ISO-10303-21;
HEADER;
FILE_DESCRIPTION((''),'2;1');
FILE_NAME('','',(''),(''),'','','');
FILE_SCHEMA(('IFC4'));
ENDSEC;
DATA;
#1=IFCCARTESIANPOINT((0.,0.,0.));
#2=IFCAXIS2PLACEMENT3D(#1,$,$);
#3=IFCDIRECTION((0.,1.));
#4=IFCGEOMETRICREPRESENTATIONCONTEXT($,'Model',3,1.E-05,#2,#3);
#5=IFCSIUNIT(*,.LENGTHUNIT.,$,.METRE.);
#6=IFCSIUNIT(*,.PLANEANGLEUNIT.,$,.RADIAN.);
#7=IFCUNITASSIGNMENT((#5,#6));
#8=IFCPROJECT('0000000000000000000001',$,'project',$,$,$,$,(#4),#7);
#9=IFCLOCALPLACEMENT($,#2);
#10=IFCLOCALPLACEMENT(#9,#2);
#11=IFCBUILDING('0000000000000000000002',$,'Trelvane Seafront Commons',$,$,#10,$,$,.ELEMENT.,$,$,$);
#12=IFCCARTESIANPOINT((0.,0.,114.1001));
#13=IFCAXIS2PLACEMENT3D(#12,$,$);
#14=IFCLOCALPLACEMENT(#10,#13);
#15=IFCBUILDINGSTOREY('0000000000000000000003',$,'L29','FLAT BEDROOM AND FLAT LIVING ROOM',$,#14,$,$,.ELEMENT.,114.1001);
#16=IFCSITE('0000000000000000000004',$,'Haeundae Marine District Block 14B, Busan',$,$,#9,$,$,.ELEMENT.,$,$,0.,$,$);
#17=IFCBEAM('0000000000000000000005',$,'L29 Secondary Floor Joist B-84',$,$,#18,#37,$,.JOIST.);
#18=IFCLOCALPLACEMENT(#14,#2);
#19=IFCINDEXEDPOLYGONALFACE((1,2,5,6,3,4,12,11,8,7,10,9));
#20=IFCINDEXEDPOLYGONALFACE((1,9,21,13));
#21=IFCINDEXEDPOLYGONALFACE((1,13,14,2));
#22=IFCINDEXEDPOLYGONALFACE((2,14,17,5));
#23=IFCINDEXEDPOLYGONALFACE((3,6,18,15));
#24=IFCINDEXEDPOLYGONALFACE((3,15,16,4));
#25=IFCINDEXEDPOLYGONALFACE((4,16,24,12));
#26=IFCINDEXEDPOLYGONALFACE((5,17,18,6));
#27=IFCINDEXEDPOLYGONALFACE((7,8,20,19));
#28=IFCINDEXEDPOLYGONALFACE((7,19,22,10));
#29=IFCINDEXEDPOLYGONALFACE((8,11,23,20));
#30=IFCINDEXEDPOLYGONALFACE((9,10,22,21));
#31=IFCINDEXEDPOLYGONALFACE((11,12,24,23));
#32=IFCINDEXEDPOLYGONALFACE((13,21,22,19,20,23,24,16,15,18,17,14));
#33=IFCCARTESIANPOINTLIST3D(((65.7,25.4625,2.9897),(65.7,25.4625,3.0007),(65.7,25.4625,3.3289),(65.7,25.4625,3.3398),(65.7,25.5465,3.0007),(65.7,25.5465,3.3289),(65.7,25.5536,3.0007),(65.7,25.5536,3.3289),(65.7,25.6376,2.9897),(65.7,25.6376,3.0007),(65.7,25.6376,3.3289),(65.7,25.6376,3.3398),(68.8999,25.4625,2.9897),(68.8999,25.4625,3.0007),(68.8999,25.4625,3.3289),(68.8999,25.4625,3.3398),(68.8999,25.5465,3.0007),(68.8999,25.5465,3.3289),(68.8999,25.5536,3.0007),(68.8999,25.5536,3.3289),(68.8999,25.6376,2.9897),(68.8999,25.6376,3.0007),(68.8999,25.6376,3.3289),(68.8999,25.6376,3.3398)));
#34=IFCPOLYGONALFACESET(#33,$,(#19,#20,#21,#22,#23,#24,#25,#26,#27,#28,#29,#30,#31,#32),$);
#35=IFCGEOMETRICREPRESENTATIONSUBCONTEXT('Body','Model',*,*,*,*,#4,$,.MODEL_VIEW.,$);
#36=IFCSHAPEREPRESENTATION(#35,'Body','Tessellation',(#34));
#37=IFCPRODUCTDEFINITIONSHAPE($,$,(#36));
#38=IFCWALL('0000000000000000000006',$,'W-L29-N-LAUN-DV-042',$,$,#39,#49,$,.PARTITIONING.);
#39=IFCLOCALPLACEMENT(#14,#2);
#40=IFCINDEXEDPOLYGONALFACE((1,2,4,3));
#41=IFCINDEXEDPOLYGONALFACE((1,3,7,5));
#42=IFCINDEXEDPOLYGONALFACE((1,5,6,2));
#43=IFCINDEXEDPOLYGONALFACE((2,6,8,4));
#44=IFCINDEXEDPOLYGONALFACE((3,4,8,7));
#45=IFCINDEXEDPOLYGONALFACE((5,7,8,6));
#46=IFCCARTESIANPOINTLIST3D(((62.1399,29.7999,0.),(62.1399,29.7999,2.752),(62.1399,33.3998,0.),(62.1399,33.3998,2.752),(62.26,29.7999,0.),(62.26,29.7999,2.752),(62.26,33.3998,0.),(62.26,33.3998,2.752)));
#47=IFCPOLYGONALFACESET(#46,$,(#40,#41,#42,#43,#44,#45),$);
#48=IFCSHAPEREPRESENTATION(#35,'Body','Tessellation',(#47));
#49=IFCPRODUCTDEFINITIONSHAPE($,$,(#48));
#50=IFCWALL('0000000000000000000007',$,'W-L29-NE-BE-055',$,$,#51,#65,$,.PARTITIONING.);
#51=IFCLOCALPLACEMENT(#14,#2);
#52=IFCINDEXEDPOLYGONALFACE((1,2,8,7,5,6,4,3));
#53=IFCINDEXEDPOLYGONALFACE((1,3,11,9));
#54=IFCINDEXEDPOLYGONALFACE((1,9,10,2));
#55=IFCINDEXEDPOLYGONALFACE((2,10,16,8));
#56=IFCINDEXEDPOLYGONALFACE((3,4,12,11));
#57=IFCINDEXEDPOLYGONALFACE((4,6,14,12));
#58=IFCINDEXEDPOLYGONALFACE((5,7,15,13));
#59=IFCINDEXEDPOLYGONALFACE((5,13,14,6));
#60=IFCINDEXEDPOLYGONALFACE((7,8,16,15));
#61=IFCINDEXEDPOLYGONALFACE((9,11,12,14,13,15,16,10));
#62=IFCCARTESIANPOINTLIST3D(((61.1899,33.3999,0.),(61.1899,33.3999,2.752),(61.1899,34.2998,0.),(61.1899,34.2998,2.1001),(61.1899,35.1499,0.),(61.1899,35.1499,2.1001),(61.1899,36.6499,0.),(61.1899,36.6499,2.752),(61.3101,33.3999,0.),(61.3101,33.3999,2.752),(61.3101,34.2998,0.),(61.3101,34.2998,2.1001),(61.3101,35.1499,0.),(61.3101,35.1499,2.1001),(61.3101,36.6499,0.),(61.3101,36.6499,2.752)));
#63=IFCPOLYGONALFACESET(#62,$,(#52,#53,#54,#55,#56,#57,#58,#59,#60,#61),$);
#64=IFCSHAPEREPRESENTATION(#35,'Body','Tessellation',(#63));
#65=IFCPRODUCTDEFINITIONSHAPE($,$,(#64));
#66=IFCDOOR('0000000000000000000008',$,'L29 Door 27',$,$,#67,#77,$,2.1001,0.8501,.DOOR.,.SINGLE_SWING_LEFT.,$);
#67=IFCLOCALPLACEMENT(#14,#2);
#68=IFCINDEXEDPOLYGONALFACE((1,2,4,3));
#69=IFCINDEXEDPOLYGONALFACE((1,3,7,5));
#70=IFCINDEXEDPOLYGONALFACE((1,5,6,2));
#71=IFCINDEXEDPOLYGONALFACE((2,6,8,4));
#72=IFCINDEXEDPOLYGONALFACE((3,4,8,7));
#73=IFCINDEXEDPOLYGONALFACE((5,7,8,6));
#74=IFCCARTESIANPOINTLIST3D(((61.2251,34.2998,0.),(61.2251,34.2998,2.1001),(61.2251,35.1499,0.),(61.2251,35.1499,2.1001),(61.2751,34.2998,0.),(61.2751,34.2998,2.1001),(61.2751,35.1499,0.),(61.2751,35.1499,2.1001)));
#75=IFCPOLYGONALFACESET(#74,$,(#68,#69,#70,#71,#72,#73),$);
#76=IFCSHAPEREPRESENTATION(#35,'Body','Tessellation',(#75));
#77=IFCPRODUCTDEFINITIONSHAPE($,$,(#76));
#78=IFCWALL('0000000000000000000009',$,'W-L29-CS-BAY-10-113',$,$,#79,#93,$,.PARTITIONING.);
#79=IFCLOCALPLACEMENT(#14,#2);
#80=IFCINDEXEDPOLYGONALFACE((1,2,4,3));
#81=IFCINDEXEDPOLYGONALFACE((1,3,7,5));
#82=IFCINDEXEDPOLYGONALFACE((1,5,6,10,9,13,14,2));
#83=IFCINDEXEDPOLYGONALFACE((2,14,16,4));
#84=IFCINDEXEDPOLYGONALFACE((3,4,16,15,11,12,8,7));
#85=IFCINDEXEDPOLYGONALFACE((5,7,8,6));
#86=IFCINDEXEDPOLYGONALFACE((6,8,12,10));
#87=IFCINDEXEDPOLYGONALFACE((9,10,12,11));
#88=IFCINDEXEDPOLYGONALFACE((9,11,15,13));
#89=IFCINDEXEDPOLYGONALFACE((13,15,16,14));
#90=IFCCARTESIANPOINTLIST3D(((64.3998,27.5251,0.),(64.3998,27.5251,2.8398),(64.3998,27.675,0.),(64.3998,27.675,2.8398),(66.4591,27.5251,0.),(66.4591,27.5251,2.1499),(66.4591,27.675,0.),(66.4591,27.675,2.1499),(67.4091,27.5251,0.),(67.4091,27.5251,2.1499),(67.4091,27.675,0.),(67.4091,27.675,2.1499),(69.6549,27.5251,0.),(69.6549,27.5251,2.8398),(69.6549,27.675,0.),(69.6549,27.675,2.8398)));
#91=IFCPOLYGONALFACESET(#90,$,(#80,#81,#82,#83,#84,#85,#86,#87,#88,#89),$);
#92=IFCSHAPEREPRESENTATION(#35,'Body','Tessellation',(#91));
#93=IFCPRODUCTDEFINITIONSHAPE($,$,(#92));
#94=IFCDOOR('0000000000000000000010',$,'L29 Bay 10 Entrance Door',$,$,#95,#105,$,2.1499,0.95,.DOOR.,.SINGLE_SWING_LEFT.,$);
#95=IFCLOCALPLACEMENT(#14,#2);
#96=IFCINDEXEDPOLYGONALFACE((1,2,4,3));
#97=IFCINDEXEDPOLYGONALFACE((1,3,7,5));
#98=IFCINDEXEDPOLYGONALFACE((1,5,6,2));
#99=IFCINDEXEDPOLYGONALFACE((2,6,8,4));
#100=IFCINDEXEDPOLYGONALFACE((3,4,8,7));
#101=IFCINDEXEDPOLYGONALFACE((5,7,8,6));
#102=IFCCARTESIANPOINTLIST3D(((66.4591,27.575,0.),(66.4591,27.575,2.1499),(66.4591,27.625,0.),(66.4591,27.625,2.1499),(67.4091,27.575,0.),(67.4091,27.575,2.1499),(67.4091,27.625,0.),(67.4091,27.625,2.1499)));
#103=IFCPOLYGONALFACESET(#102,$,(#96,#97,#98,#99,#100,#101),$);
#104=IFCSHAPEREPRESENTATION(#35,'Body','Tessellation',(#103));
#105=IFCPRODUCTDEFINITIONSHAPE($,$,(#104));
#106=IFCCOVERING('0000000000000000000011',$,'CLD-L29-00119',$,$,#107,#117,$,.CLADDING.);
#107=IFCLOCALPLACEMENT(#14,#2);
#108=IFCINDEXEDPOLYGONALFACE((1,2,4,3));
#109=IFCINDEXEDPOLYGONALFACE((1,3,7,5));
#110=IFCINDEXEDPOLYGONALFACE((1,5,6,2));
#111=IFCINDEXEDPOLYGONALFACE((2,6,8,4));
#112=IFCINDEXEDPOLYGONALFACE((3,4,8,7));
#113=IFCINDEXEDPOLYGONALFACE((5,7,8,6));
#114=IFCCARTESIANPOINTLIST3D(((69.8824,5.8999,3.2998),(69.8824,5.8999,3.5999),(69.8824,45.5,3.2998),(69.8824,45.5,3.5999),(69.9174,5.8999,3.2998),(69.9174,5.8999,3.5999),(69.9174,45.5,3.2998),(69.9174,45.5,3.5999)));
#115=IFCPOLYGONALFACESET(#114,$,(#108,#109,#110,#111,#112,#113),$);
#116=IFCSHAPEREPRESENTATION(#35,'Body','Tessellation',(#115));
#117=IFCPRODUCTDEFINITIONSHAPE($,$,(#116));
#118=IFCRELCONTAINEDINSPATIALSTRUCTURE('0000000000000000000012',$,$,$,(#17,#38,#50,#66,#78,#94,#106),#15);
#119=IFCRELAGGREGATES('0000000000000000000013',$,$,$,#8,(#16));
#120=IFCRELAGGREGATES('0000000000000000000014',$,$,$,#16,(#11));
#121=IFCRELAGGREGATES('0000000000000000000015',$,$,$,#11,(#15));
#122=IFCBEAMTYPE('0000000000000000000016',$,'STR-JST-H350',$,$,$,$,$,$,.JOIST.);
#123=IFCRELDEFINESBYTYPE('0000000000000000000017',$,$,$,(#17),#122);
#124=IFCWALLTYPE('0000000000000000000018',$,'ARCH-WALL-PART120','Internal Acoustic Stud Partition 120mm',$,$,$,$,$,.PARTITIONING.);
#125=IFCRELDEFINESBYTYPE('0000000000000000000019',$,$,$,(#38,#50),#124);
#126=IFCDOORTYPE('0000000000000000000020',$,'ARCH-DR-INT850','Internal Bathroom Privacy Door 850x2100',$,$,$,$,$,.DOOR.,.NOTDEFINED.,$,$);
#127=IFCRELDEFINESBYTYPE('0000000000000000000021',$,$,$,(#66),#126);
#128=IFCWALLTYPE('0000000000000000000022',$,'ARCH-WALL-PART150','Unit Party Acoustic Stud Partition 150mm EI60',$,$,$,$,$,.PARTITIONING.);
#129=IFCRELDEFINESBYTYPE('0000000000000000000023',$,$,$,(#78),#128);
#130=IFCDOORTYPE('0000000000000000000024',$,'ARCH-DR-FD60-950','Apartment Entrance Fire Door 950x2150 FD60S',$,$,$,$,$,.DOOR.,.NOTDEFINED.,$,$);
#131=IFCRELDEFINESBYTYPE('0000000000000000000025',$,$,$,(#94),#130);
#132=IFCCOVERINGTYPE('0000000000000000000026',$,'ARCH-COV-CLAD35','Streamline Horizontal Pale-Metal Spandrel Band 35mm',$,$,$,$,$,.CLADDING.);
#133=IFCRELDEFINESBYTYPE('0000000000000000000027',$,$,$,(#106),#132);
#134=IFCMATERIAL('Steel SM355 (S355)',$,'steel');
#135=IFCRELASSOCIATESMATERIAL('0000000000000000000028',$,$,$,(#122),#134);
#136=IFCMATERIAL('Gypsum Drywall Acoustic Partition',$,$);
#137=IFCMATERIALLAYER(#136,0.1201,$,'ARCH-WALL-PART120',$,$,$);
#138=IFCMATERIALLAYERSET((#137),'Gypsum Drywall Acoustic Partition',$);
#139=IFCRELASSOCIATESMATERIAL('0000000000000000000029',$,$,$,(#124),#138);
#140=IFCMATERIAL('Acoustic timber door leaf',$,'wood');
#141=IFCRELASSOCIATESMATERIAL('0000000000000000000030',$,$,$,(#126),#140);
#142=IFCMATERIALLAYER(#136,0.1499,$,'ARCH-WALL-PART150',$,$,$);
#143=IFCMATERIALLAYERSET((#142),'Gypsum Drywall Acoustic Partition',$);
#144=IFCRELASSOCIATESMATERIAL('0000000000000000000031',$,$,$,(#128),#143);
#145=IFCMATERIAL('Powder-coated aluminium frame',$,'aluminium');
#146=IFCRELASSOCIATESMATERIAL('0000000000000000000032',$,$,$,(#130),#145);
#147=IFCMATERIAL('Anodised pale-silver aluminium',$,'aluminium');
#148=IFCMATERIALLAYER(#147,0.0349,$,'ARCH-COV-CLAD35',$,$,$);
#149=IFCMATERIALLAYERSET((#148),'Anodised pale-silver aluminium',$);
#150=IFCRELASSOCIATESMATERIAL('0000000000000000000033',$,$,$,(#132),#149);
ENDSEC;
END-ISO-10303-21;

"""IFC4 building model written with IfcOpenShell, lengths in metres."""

from ifc_helpers import new_model, si_unit, direction, frame, frame_2d, origin, origin_2d, place, context, subcontext, project, spatial, rectangle, i_section, extrude, source, transform, mapped, material, layer, layer_set, material_profile, profile_set, type_object, element, fill, save


model = new_model("IFC4")

# Units and contexts
model_context = context("Model", 3, precision=1e-05, world=origin(), true_north=direction((0.0, 1.0)))
body_context = subcontext(model_context, "Body", "Model", "MODEL_VIEW")
ifc_project = project(units=[si_unit("LENGTHUNIT", "METRE"), si_unit("PLANEANGLEUNIT", "RADIAN")], contexts=[model_context])

# Site, building, storey
site_placement = place(None, origin())
site = spatial("IfcSite", under=ifc_project, at=site_placement, Name="Haeundae Marine District Block 14B, Busan", CompositionType="ELEMENT", RefElevation=0.0)
building_placement = place(site_placement, origin())
building = spatial("IfcBuilding", under=site, at=building_placement, Name="Trelvane Seafront Commons", CompositionType="ELEMENT")
storey_placement = place(building_placement, frame((0.0, 0.0, 114.1001)))
storey = spatial("IfcBuildingStorey", under=building, at=storey_placement, Name="L29", Description="FLAT BEDROOM AND FLAT LIVING ROOM", CompositionType="ELEMENT", Elevation=114.1001)

# Shared definitions
ifc_material_1 = material(Name="Steel SM355 (S355)", Category="steel")

# Beam
ifc_material_profile_1 = material_profile(ifc_material_1, i_section(OverallWidth=0.175, OverallDepth=0.3501, WebThickness=0.0071, FlangeThickness=0.011, at=origin_2d()), Name="H-350x175x7x11")
ifc_profile_set_1 = profile_set([ifc_material_profile_1], Name="Steel SM355 (S355)")
beam_type_1 = type_object("IfcBeamType", Name="STR-JST-H350", PredefinedType="JOIST", material=ifc_profile_set_1)
shared_shape_1 = source(origin(), body_context, "Body", "SweptSolid", [
    extrude(i_section(OverallWidth=0.175, OverallDepth=0.3501, WebThickness=0.0071, FlangeThickness=0.011, at=origin_2d()), origin(), (0.0, 0.0, 1.0), 3.2),
])
beam_1_placement = place(storey_placement, frame((65.7, 25.55, 3.1648), z_axis=(1.0, 0.0, 0.0), x_axis=(0.0, 1.0, 0.0)))
element("IfcBeam", 1, at=beam_1_placement, inside=storey, type_object=beam_type_1, Name="L29 Secondary Floor Joist B-84", PredefinedType="JOIST", context=body_context, shape_type="MappedRepresentation", body=[
    mapped(shared_shape_1, transform((0.0, 0.0, 0.0), x_axis=(1.0, 0.0, 0.0), y_axis=(0.0, 1.0, 0.0), z_axis=(0.0, 0.0, 1.0), scale=1.0)),
])

# Wall
ifc_material_2 = material(Name="Gypsum Drywall Acoustic Partition")
ifc_layer_1 = layer(ifc_material_2, 0.1201, Name="ARCH-WALL-PART120")
ifc_layer_set_1 = layer_set([ifc_layer_1], Name="Gypsum Drywall Acoustic Partition")
wall_type_1 = type_object("IfcWallType", Name="ARCH-WALL-PART120", Description="Internal Acoustic Stud Partition 120mm", PredefinedType="PARTITIONING", material=ifc_layer_set_1)
wall_1_placement = place(storey_placement, frame((62.2, 29.8, 0.0), z_axis=(0.0, 0.0, 1.0), x_axis=(0.0, 1.0, 0.0)))
element("IfcWall", 2, at=wall_1_placement, inside=storey, type_object=wall_type_1, Name="W-L29-N-LAUN-DV-042", PredefinedType="PARTITIONING", context=body_context, shape_type="SweptSolid", body=[
    extrude(rectangle(XDim=3.5999, YDim=0.1201, at=frame_2d((1.7998, 0.0))), origin(), (0.0, 0.0, 1.0), 2.752),
])

# Walls, openings, doors
wall_2_placement = place(storey_placement, frame((61.25, 33.3999, 0.0), z_axis=(0.0, 0.0, 1.0), x_axis=(0.0, 1.0, 0.0)))
wall_2 = element("IfcWall", 3, at=wall_2_placement, inside=storey, type_object=wall_type_1, Name="W-L29-NE-BE-055", PredefinedType="PARTITIONING", context=body_context, shape_type="SweptSolid", body=[
    extrude(rectangle(XDim=3.25, YDim=0.1201, at=frame_2d((1.625, 0.0))), origin(), (0.0, 0.0, 1.0), 2.752),
])
opening_1_placement = place(wall_2_placement, frame((0.8999, 0.0, 0.0)))
opening_1 = element("IfcOpeningElement", 4, at=opening_1_placement, cuts=wall_2, PredefinedType="OPENING", context=body_context, shape_type="SweptSolid", body=[
    extrude(rectangle(XDim=0.8501, YDim=2.1001, at=frame_2d((0.425, 1.05))), frame((0.0, 0.0701, 0.0), z_axis=(0.0, -1.0, 0.0), x_axis=(1.0, 0.0, 0.0)), (0.0, 0.0, 1.0), 0.1401),
])
ifc_material_3 = material(Name="Acoustic timber door leaf", Category="wood")
door_type_1 = type_object("IfcDoorType", Name="ARCH-DR-INT850", Description="Internal Bathroom Privacy Door 850x2100", OperationType="NOTDEFINED", PredefinedType="DOOR", material=ifc_material_3)
shared_shape_2 = source(origin(), body_context, "Body", "SweptSolid", [
    extrude(rectangle(XDim=0.8501, YDim=2.1001, at=frame_2d((0.425, 1.05))), frame((0.0, 0.0249, 0.0), z_axis=(0.0, -1.0, 0.0), x_axis=(1.0, 0.0, 0.0)), (0.0, 0.0, 1.0), 0.05),
])
door_1_placement = place(opening_1_placement, origin())
door_1 = element("IfcDoor", 5, at=door_1_placement, inside=storey, type_object=door_type_1, Name="L29 Door 27", OperationType="SINGLE_SWING_LEFT", OverallHeight=2.1001, OverallWidth=0.8501, PredefinedType="DOOR", context=body_context, shape_type="MappedRepresentation", body=[
    mapped(shared_shape_2, transform((0.0, 0.0, 0.0), x_axis=(1.0, 0.0, 0.0), y_axis=(0.0, 1.0, 0.0), z_axis=(0.0, 0.0, 1.0), scale=1.0)),
])
fill(opening_1, door_1)
ifc_layer_2 = layer(ifc_material_2, 0.1499, Name="ARCH-WALL-PART150")
ifc_layer_set_2 = layer_set([ifc_layer_2], Name="Gypsum Drywall Acoustic Partition")
wall_type_2 = type_object("IfcWallType", Name="ARCH-WALL-PART150", Description="Unit Party Acoustic Stud Partition 150mm EI60", PredefinedType="PARTITIONING", material=ifc_layer_set_2)
wall_3_placement = place(storey_placement, frame((64.3999, 27.6001, 0.0), z_axis=(0.0, 0.0, 1.0), x_axis=(1.0, 0.0, 0.0)))
wall_3 = element("IfcWall", 6, at=wall_3_placement, inside=storey, type_object=wall_type_2, Name="W-L29-CS-BAY-10-113", PredefinedType="PARTITIONING", context=body_context, shape_type="SweptSolid", body=[
    extrude(rectangle(XDim=5.2551, YDim=0.1499, at=frame_2d((2.6274, 0.0))), origin(), (0.0, 0.0, 1.0), 2.8398),
])
opening_2_placement = place(wall_3_placement, frame((2.0591, 0.0, 0.0)))
opening_2 = element("IfcOpeningElement", 7, at=opening_2_placement, cuts=wall_3, PredefinedType="OPENING", context=body_context, shape_type="SweptSolid", body=[
    extrude(rectangle(XDim=0.95, YDim=2.1499, at=frame_2d((0.4751, 1.075))), frame((0.0, 0.085, 0.0), z_axis=(0.0, -1.0, 0.0), x_axis=(1.0, 0.0, 0.0)), (0.0, 0.0, 1.0), 0.1699),
])
ifc_material_4 = material(Name="Powder-coated aluminium frame", Category="aluminium")
door_type_2 = type_object("IfcDoorType", Name="ARCH-DR-FD60-950", Description="Apartment Entrance Fire Door 950x2150 FD60S", OperationType="NOTDEFINED", PredefinedType="DOOR", material=ifc_material_4)
shared_shape_3 = source(origin(), body_context, "Body", "SweptSolid", [
    extrude(rectangle(XDim=0.95, YDim=2.1499, at=frame_2d((0.4751, 1.075))), frame((0.0, 0.0249, 0.0), z_axis=(0.0, -1.0, 0.0), x_axis=(1.0, 0.0, 0.0)), (0.0, 0.0, 1.0), 0.05),
])
door_2_placement = place(opening_2_placement, origin())
door_2 = element("IfcDoor", 8, at=door_2_placement, inside=storey, type_object=door_type_2, Name="L29 Bay 10 Entrance Door", OperationType="SINGLE_SWING_LEFT", OverallHeight=2.1499, OverallWidth=0.95, PredefinedType="DOOR", context=body_context, shape_type="MappedRepresentation", body=[
    mapped(shared_shape_3, transform((0.0, 0.0, 0.0), x_axis=(1.0, 0.0, 0.0), y_axis=(0.0, 1.0, 0.0), z_axis=(0.0, 0.0, 1.0), scale=1.0)),
])
fill(opening_2, door_2)

# Covering
ifc_material_5 = material(Name="Anodised pale-silver aluminium", Category="aluminium")
ifc_layer_3 = layer(ifc_material_5, 0.0349, Name="ARCH-COV-CLAD35")
ifc_layer_set_3 = layer_set([ifc_layer_3], Name="Anodised pale-silver aluminium")
covering_type = type_object("IfcCoveringType", Name="ARCH-COV-CLAD35", Description="Streamline Horizontal Pale-Metal Spandrel Band 35mm", PredefinedType="CLADDING", material=ifc_layer_set_3)
shared_shape_4 = source(origin(), body_context, "Body", "SweptSolid", [
    extrude(rectangle(XDim=39.6001, YDim=0.0349, at=origin_2d()), origin(), (0.0, 0.0, 1.0), 0.3),
])
covering_placement = place(storey_placement, frame((69.8999, 25.7, 3.2998), z_axis=(0.0, 0.0, 1.0), x_axis=(0.0, -1.0, 0.0)))
element("IfcCovering", 9, at=covering_placement, inside=storey, type_object=covering_type, Name="CLD-L29-00119", PredefinedType="CLADDING", context=body_context, shape_type="MappedRepresentation", body=[
    mapped(shared_shape_4, transform((0.0, 0.0, 0.0), x_axis=(1.0, 0.0, 0.0), y_axis=(0.0, 1.0, 0.0), z_axis=(0.0, 0.0, 1.0), scale=1.0)),
])

save(model, "model.ifc")
